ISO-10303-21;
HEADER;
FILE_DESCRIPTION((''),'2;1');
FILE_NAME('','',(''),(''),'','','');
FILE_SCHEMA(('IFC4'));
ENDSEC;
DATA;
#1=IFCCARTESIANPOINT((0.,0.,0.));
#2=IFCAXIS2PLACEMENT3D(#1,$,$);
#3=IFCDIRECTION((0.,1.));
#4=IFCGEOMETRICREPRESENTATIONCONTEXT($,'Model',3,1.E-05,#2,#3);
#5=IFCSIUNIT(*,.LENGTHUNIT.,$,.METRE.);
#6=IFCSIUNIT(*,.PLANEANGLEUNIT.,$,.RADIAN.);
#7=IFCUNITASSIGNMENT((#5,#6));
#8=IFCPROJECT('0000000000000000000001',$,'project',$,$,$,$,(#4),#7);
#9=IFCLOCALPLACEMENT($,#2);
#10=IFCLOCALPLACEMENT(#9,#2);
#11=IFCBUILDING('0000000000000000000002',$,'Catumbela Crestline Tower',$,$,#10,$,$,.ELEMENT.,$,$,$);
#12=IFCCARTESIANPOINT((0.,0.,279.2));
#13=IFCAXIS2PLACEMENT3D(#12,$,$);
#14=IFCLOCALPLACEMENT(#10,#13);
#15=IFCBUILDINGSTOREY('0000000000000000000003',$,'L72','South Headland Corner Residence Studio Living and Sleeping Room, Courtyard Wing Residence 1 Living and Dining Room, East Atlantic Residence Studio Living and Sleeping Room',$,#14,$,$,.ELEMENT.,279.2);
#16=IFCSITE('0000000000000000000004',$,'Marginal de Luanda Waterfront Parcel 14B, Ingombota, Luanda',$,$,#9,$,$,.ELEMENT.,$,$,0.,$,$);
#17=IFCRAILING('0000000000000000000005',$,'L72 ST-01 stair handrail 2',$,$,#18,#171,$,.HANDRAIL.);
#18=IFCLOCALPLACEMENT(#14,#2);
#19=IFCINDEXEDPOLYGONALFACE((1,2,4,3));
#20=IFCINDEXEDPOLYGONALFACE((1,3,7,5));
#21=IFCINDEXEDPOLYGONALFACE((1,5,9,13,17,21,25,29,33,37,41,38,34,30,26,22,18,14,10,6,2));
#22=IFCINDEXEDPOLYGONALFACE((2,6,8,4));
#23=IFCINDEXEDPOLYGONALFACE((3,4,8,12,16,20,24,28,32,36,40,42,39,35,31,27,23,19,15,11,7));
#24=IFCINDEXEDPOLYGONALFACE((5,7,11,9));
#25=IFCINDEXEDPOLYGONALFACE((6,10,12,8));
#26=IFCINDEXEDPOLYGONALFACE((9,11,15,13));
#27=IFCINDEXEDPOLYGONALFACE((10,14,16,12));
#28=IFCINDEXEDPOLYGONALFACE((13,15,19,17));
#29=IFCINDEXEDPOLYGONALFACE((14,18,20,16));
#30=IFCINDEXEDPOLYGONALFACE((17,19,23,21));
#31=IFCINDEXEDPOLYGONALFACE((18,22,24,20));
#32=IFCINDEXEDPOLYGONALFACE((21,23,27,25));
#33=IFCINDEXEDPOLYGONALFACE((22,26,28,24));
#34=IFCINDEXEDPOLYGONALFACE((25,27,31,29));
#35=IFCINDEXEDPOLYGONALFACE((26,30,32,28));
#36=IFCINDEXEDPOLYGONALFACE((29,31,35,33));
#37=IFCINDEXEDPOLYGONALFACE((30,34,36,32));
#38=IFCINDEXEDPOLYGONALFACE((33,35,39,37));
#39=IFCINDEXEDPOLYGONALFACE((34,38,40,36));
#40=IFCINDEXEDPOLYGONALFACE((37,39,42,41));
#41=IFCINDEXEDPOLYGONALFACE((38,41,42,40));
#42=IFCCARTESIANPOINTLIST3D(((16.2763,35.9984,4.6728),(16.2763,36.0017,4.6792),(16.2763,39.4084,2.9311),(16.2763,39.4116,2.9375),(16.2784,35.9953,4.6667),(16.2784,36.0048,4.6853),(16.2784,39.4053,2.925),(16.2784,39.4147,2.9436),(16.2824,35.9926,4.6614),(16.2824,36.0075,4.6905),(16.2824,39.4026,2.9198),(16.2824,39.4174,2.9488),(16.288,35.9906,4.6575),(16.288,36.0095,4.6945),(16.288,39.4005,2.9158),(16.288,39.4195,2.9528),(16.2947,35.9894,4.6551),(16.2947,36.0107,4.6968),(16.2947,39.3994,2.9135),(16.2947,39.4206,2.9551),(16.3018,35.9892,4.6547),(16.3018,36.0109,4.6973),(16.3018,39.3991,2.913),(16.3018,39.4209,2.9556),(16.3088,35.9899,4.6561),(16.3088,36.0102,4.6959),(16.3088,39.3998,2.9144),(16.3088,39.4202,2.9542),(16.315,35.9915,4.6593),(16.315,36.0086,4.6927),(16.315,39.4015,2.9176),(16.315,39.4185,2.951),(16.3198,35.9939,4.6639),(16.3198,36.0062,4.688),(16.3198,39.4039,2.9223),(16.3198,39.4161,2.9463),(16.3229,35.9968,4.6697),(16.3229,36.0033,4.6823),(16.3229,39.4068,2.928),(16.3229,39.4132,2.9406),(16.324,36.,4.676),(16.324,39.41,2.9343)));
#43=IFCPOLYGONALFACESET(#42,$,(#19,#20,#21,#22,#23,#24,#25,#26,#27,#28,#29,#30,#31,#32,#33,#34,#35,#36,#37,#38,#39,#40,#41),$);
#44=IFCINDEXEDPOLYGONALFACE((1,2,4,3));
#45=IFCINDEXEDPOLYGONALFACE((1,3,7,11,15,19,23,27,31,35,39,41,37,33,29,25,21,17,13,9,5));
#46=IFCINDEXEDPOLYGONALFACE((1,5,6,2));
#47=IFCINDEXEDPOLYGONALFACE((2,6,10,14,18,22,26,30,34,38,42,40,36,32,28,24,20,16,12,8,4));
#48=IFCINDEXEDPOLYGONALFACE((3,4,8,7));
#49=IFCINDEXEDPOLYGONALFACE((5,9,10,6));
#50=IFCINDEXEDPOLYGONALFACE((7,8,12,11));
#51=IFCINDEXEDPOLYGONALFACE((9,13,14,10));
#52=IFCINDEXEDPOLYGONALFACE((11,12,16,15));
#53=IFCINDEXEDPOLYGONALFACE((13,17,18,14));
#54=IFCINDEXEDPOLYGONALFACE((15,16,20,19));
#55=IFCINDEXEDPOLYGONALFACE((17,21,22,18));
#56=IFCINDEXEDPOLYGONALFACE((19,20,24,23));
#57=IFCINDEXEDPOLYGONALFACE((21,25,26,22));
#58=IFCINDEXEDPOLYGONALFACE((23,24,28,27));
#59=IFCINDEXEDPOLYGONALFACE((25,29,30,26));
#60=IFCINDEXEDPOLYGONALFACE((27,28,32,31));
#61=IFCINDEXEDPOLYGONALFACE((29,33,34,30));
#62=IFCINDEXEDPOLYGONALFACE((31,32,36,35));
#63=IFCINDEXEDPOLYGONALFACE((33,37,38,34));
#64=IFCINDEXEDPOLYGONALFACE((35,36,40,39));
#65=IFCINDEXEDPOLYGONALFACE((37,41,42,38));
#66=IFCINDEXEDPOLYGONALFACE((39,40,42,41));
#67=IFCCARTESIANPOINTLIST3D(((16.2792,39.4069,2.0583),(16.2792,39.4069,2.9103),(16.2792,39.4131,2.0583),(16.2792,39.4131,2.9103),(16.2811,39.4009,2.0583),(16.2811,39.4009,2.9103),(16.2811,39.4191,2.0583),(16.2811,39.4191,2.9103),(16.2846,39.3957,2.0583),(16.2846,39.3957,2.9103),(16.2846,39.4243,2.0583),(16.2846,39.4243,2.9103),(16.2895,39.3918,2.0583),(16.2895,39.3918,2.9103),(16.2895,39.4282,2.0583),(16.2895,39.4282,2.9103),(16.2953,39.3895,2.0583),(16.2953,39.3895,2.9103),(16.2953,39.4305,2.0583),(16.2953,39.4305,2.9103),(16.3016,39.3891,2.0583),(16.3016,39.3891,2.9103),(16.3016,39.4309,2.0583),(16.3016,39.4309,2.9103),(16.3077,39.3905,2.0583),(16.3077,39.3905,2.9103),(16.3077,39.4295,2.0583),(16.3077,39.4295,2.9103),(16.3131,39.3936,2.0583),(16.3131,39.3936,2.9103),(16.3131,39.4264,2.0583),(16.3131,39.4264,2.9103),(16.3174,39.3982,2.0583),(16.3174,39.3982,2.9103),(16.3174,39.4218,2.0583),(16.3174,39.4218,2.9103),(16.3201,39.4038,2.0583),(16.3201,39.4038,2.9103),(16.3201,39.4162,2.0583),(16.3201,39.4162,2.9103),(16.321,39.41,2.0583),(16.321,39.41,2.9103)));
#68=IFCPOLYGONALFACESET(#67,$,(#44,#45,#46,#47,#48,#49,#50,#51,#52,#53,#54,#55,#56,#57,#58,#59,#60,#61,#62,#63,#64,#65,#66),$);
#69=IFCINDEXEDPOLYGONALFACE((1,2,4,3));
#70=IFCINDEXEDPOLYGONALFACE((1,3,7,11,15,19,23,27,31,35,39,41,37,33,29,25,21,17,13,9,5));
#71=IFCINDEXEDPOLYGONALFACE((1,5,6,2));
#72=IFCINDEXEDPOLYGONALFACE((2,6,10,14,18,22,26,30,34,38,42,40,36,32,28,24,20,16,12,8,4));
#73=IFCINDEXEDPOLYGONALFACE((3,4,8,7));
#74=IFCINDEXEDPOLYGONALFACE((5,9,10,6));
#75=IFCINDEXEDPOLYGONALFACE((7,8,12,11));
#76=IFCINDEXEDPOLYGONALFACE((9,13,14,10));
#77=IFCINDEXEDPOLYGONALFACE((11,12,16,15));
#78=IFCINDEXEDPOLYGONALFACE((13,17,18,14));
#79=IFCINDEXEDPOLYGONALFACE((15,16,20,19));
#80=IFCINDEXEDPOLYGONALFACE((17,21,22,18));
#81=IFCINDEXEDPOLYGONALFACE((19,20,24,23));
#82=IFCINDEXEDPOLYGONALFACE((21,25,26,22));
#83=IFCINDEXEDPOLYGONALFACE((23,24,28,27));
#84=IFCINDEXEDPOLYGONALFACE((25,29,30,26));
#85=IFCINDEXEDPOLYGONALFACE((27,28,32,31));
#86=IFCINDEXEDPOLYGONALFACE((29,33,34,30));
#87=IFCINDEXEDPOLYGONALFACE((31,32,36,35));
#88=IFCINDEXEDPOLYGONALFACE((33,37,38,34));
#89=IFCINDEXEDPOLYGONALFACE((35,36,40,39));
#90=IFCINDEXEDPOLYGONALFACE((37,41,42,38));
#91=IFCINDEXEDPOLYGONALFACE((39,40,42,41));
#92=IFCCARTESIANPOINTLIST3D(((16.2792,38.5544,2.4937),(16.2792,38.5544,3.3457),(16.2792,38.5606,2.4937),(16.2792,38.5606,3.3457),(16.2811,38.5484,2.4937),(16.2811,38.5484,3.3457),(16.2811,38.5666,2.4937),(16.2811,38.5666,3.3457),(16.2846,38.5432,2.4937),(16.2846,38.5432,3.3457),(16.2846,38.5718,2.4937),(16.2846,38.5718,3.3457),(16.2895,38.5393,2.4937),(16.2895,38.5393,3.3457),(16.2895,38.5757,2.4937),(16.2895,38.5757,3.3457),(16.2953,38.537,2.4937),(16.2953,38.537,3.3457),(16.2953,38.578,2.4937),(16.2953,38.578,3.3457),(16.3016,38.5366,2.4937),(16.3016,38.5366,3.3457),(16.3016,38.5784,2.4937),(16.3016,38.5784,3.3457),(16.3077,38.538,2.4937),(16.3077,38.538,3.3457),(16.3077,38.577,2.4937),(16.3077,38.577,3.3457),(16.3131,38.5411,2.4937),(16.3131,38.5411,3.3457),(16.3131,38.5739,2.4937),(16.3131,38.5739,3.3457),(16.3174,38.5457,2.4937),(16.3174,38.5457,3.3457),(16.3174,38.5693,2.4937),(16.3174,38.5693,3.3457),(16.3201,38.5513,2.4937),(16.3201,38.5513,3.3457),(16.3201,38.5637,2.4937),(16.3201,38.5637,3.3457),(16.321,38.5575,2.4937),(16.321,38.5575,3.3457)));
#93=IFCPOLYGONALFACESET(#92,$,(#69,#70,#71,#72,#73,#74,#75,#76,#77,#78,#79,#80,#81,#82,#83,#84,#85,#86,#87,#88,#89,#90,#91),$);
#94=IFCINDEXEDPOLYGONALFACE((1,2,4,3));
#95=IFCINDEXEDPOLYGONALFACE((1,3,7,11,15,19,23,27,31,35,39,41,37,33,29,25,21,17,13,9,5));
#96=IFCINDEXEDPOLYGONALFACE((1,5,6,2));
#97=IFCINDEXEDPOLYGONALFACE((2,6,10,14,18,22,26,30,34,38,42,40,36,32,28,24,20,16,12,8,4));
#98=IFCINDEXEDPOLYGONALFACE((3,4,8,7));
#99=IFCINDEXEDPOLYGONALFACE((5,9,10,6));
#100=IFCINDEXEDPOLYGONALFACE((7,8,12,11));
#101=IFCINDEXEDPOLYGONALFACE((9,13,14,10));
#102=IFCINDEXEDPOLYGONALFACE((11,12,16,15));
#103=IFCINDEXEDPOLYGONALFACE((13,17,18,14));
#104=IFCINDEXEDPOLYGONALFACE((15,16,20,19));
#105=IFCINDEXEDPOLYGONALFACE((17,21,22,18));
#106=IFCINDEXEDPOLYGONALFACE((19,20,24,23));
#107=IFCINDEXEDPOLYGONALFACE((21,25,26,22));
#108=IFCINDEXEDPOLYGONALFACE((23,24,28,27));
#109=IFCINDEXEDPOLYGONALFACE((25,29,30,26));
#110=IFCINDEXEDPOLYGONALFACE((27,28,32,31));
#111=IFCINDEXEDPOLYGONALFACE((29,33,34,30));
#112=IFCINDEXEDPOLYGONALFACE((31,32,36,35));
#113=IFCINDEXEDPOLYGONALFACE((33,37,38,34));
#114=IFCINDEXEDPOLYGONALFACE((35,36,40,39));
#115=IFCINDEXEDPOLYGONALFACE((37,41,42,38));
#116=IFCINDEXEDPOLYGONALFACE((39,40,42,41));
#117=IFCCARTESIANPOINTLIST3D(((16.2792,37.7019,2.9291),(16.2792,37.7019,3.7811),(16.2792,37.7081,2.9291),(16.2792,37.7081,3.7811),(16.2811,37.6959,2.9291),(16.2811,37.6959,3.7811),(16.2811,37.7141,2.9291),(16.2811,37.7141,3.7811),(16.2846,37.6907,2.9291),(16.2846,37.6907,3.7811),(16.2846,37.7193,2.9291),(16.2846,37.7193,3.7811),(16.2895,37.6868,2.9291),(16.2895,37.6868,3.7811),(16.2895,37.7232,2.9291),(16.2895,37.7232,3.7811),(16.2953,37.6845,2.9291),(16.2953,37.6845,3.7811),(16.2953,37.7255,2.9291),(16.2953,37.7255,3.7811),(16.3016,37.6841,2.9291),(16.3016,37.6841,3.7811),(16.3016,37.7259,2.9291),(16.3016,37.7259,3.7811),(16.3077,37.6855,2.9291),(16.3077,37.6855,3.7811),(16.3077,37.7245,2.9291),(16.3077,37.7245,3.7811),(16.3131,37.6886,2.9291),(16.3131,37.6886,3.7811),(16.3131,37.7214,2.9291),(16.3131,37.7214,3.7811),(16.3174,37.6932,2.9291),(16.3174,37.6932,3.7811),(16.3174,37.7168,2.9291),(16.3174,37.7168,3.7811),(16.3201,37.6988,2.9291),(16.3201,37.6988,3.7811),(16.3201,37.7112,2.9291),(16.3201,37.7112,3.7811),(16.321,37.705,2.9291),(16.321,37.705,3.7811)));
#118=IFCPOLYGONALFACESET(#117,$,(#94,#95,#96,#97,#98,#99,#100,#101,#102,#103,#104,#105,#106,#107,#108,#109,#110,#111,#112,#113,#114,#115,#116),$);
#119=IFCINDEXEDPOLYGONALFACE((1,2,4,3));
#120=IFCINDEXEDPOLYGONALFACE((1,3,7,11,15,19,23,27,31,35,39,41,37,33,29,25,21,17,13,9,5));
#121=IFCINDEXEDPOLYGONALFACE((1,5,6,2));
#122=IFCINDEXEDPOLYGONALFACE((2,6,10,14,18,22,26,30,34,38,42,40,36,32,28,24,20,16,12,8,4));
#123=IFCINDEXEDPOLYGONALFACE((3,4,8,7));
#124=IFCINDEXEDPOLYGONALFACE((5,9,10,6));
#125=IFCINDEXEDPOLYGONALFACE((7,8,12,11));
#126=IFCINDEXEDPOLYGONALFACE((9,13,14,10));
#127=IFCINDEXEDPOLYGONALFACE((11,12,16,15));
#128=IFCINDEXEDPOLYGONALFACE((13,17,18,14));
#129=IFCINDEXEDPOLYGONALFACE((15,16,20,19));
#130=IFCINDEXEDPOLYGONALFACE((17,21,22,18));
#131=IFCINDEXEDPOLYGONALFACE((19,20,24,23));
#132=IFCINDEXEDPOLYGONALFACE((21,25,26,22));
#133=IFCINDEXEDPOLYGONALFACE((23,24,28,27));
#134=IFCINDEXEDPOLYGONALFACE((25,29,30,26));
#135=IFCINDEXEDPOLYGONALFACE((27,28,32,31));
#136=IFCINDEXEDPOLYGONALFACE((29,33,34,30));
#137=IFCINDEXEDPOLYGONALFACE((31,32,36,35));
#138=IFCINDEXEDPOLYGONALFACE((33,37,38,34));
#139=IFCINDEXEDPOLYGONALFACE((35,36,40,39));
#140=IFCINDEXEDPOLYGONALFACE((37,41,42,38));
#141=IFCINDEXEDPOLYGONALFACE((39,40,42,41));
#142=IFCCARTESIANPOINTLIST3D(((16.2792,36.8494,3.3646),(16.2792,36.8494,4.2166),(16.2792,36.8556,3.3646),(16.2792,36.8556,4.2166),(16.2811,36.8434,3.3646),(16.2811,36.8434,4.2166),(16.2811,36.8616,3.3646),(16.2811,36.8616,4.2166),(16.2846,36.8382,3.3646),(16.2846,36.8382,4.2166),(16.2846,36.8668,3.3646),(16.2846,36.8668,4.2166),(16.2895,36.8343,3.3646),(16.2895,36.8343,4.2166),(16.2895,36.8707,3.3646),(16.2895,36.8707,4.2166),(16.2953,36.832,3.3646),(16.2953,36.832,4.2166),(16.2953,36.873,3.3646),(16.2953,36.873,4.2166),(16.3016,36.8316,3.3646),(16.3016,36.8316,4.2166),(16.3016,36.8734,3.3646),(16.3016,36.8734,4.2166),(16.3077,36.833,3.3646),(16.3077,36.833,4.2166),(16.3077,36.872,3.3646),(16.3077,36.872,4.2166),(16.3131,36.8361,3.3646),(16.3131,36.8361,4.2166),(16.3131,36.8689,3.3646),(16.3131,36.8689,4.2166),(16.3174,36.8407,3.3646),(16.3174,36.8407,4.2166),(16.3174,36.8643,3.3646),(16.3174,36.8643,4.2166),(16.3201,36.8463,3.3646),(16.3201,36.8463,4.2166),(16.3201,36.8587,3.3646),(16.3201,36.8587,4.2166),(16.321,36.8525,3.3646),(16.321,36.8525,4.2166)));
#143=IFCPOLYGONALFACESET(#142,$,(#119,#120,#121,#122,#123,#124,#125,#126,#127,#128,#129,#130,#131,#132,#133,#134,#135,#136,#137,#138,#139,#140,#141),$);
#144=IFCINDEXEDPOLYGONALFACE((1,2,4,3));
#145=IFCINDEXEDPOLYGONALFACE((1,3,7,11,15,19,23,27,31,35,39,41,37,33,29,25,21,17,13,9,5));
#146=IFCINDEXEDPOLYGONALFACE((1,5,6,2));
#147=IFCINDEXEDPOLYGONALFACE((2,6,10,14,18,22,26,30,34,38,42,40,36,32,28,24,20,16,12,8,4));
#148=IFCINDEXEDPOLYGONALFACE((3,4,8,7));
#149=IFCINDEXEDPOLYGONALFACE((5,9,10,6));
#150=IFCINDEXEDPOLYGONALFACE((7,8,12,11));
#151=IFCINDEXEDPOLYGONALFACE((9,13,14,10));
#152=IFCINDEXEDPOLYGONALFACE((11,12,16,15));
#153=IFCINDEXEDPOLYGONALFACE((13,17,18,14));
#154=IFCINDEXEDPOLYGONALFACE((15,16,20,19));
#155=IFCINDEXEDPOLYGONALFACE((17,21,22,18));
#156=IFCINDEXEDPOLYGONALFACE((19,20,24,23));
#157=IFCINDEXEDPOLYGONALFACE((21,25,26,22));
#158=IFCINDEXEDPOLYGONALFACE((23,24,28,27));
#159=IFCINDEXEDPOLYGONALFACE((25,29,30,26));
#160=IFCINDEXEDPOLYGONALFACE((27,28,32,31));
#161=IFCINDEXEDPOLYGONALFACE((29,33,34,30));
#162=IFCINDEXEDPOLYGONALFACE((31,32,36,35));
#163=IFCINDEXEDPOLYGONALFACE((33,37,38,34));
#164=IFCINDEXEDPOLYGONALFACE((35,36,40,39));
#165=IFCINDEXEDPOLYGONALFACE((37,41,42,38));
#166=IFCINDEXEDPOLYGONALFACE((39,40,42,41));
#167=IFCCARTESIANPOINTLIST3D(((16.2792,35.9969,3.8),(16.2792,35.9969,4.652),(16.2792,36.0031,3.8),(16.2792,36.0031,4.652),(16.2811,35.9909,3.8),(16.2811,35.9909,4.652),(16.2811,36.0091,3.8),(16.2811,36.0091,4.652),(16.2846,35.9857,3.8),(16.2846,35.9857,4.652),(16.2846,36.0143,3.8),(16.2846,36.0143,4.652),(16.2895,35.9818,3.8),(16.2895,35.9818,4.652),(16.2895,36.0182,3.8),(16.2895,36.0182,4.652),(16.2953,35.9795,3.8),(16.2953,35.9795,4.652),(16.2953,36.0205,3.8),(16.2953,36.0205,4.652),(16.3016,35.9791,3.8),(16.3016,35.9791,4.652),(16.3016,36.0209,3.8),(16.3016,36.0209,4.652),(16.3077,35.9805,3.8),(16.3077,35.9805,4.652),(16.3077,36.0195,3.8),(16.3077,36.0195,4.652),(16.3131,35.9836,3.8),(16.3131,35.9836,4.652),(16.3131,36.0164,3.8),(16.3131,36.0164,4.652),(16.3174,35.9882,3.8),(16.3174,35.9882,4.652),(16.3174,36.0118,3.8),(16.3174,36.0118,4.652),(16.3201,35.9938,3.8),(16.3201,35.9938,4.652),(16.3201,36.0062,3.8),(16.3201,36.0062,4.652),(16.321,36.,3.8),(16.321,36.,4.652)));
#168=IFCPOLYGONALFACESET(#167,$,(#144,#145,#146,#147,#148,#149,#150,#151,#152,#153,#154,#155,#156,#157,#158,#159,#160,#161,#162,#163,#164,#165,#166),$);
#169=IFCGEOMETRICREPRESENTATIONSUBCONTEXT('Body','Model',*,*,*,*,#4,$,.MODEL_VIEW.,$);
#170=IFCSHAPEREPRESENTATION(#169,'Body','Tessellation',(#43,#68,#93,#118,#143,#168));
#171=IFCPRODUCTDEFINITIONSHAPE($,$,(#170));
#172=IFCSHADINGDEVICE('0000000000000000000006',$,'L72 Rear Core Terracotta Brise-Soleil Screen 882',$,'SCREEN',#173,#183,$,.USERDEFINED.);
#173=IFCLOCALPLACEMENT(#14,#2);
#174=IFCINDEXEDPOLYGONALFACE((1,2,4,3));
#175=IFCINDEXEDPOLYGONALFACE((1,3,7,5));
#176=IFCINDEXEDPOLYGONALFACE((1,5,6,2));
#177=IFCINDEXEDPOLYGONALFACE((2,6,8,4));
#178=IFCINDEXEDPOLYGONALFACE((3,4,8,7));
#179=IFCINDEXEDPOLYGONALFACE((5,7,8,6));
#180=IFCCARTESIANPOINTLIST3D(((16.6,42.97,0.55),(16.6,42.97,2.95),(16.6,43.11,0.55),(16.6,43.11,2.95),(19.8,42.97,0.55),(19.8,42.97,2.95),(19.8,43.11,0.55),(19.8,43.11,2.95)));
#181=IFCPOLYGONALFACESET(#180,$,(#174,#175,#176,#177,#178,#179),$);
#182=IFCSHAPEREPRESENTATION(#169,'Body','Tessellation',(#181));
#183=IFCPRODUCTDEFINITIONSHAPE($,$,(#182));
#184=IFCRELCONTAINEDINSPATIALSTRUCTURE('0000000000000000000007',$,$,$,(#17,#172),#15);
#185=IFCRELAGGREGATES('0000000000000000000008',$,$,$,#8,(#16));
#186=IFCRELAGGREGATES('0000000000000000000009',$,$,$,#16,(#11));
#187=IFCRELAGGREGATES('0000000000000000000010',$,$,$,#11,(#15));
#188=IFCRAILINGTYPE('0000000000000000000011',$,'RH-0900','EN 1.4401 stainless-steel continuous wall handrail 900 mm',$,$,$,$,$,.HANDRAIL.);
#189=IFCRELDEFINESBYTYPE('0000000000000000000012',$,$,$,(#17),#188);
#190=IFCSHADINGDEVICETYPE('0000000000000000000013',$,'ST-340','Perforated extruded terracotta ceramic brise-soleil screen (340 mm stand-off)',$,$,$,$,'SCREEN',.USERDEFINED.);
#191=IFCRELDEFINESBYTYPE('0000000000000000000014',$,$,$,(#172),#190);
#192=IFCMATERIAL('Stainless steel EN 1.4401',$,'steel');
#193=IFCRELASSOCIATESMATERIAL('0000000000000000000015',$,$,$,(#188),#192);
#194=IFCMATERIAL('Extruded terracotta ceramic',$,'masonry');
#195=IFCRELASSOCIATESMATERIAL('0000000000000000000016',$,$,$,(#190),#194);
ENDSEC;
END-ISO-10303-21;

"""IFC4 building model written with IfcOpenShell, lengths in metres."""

from ifc_helpers import new_model, si_unit, direction, frame, origin, origin_2d, place, context, subcontext, project, spatial, rectangle, circle, extrude, material, type_object, element, save


model = new_model("IFC4")

# Units and contexts
model_context = context("Model", 3, precision=1e-05, world=origin(), true_north=direction((0.0, 1.0)))
body_context = subcontext(model_context, "Body", "Model", "MODEL_VIEW")
ifc_project = project(units=[si_unit("LENGTHUNIT", "METRE"), si_unit("PLANEANGLEUNIT", "RADIAN")], contexts=[model_context])

# Site, building, storey
site_placement = place(None, origin())
site = spatial("IfcSite", under=ifc_project, at=site_placement, Name="Marginal de Luanda Waterfront Parcel 14B, Ingombota, Luanda", CompositionType="ELEMENT", RefElevation=0.0)
building_placement = place(site_placement, origin())
building = spatial("IfcBuilding", under=site, at=building_placement, Name="Catumbela Crestline Tower", CompositionType="ELEMENT")
storey_placement = place(building_placement, frame((0.0, 0.0, 279.2)))
storey = spatial("IfcBuildingStorey", under=building, at=storey_placement, Name="L72", Description="South Headland Corner Residence Studio Living and Sleeping Room, Courtyard Wing Residence 1 Living and Dining Room, East Atlantic Residence Studio Living and Sleeping Room", CompositionType="ELEMENT", Elevation=279.2)

# Shared definitions
ifc_material_1 = material(Name="Stainless steel EN 1.4401", Category="steel")

# Railing
railing_type_1 = type_object("IfcRailingType", Name="RH-0900", Description="EN 1.4401 stainless-steel continuous wall handrail 900 mm", PredefinedType="HANDRAIL", material=ifc_material_1)
railing_1_placement = place(storey_placement, frame((16.3, 39.41, 2.0583)))
element("IfcRailing", 1, at=railing_1_placement, inside=storey, type_object=railing_type_1, Name="L72 ST-01 stair handrail 2", PredefinedType="HANDRAIL", context=body_context, shape_type="SweptSolid", body=[
    extrude(circle(Radius=0.024, at=origin_2d()), frame((0.0, 0.0, 0.876), z_axis=(0.0, -0.89056, 0.454865), x_axis=(1.0, 0.0, 0.0)), (0.0, 0.0, 1.0), 3.829),
    extrude(circle(Radius=0.021, at=origin_2d()), origin(), (0.0, 0.0, 1.0), 0.852),
    extrude(circle(Radius=0.021, at=origin_2d()), frame((0.0, -0.8525, 0.4354)), (0.0, 0.0, 1.0), 0.852),
    extrude(circle(Radius=0.021, at=origin_2d()), frame((0.0, -1.705, 0.8708)), (0.0, 0.0, 1.0), 0.852),
    extrude(circle(Radius=0.021, at=origin_2d()), frame((0.0, -2.5575, 1.3063)), (0.0, 0.0, 1.0), 0.852),
    extrude(circle(Radius=0.021, at=origin_2d()), frame((0.0, -3.41, 1.7417)), (0.0, 0.0, 1.0), 0.852),
])

# Shading device
ifc_material_2 = material(Name="Extruded terracotta ceramic", Category="masonry")
shading_device_type = type_object("IfcShadingDeviceType", Name="ST-340", Description="Perforated extruded terracotta ceramic brise-soleil screen (340 mm stand-off)", ElementType="SCREEN", PredefinedType="USERDEFINED", material=ifc_material_2)
shading_device_placement = place(storey_placement, frame((18.2, 43.04, 0.55), z_axis=(0.0, 0.0, 1.0), x_axis=(1.0, 0.0, 0.0)))
element("IfcShadingDevice", 2, at=shading_device_placement, inside=storey, type_object=shading_device_type, Name="L72 Rear Core Terracotta Brise-Soleil Screen 882", ObjectType="SCREEN", PredefinedType="USERDEFINED", context=body_context, shape_type="SweptSolid", body=[
    extrude(rectangle(XDim=3.2, YDim=0.14, at=origin_2d()), origin(), (0.0, 0.0, 1.0), 2.4),
])

save(model, "model.ifc")
